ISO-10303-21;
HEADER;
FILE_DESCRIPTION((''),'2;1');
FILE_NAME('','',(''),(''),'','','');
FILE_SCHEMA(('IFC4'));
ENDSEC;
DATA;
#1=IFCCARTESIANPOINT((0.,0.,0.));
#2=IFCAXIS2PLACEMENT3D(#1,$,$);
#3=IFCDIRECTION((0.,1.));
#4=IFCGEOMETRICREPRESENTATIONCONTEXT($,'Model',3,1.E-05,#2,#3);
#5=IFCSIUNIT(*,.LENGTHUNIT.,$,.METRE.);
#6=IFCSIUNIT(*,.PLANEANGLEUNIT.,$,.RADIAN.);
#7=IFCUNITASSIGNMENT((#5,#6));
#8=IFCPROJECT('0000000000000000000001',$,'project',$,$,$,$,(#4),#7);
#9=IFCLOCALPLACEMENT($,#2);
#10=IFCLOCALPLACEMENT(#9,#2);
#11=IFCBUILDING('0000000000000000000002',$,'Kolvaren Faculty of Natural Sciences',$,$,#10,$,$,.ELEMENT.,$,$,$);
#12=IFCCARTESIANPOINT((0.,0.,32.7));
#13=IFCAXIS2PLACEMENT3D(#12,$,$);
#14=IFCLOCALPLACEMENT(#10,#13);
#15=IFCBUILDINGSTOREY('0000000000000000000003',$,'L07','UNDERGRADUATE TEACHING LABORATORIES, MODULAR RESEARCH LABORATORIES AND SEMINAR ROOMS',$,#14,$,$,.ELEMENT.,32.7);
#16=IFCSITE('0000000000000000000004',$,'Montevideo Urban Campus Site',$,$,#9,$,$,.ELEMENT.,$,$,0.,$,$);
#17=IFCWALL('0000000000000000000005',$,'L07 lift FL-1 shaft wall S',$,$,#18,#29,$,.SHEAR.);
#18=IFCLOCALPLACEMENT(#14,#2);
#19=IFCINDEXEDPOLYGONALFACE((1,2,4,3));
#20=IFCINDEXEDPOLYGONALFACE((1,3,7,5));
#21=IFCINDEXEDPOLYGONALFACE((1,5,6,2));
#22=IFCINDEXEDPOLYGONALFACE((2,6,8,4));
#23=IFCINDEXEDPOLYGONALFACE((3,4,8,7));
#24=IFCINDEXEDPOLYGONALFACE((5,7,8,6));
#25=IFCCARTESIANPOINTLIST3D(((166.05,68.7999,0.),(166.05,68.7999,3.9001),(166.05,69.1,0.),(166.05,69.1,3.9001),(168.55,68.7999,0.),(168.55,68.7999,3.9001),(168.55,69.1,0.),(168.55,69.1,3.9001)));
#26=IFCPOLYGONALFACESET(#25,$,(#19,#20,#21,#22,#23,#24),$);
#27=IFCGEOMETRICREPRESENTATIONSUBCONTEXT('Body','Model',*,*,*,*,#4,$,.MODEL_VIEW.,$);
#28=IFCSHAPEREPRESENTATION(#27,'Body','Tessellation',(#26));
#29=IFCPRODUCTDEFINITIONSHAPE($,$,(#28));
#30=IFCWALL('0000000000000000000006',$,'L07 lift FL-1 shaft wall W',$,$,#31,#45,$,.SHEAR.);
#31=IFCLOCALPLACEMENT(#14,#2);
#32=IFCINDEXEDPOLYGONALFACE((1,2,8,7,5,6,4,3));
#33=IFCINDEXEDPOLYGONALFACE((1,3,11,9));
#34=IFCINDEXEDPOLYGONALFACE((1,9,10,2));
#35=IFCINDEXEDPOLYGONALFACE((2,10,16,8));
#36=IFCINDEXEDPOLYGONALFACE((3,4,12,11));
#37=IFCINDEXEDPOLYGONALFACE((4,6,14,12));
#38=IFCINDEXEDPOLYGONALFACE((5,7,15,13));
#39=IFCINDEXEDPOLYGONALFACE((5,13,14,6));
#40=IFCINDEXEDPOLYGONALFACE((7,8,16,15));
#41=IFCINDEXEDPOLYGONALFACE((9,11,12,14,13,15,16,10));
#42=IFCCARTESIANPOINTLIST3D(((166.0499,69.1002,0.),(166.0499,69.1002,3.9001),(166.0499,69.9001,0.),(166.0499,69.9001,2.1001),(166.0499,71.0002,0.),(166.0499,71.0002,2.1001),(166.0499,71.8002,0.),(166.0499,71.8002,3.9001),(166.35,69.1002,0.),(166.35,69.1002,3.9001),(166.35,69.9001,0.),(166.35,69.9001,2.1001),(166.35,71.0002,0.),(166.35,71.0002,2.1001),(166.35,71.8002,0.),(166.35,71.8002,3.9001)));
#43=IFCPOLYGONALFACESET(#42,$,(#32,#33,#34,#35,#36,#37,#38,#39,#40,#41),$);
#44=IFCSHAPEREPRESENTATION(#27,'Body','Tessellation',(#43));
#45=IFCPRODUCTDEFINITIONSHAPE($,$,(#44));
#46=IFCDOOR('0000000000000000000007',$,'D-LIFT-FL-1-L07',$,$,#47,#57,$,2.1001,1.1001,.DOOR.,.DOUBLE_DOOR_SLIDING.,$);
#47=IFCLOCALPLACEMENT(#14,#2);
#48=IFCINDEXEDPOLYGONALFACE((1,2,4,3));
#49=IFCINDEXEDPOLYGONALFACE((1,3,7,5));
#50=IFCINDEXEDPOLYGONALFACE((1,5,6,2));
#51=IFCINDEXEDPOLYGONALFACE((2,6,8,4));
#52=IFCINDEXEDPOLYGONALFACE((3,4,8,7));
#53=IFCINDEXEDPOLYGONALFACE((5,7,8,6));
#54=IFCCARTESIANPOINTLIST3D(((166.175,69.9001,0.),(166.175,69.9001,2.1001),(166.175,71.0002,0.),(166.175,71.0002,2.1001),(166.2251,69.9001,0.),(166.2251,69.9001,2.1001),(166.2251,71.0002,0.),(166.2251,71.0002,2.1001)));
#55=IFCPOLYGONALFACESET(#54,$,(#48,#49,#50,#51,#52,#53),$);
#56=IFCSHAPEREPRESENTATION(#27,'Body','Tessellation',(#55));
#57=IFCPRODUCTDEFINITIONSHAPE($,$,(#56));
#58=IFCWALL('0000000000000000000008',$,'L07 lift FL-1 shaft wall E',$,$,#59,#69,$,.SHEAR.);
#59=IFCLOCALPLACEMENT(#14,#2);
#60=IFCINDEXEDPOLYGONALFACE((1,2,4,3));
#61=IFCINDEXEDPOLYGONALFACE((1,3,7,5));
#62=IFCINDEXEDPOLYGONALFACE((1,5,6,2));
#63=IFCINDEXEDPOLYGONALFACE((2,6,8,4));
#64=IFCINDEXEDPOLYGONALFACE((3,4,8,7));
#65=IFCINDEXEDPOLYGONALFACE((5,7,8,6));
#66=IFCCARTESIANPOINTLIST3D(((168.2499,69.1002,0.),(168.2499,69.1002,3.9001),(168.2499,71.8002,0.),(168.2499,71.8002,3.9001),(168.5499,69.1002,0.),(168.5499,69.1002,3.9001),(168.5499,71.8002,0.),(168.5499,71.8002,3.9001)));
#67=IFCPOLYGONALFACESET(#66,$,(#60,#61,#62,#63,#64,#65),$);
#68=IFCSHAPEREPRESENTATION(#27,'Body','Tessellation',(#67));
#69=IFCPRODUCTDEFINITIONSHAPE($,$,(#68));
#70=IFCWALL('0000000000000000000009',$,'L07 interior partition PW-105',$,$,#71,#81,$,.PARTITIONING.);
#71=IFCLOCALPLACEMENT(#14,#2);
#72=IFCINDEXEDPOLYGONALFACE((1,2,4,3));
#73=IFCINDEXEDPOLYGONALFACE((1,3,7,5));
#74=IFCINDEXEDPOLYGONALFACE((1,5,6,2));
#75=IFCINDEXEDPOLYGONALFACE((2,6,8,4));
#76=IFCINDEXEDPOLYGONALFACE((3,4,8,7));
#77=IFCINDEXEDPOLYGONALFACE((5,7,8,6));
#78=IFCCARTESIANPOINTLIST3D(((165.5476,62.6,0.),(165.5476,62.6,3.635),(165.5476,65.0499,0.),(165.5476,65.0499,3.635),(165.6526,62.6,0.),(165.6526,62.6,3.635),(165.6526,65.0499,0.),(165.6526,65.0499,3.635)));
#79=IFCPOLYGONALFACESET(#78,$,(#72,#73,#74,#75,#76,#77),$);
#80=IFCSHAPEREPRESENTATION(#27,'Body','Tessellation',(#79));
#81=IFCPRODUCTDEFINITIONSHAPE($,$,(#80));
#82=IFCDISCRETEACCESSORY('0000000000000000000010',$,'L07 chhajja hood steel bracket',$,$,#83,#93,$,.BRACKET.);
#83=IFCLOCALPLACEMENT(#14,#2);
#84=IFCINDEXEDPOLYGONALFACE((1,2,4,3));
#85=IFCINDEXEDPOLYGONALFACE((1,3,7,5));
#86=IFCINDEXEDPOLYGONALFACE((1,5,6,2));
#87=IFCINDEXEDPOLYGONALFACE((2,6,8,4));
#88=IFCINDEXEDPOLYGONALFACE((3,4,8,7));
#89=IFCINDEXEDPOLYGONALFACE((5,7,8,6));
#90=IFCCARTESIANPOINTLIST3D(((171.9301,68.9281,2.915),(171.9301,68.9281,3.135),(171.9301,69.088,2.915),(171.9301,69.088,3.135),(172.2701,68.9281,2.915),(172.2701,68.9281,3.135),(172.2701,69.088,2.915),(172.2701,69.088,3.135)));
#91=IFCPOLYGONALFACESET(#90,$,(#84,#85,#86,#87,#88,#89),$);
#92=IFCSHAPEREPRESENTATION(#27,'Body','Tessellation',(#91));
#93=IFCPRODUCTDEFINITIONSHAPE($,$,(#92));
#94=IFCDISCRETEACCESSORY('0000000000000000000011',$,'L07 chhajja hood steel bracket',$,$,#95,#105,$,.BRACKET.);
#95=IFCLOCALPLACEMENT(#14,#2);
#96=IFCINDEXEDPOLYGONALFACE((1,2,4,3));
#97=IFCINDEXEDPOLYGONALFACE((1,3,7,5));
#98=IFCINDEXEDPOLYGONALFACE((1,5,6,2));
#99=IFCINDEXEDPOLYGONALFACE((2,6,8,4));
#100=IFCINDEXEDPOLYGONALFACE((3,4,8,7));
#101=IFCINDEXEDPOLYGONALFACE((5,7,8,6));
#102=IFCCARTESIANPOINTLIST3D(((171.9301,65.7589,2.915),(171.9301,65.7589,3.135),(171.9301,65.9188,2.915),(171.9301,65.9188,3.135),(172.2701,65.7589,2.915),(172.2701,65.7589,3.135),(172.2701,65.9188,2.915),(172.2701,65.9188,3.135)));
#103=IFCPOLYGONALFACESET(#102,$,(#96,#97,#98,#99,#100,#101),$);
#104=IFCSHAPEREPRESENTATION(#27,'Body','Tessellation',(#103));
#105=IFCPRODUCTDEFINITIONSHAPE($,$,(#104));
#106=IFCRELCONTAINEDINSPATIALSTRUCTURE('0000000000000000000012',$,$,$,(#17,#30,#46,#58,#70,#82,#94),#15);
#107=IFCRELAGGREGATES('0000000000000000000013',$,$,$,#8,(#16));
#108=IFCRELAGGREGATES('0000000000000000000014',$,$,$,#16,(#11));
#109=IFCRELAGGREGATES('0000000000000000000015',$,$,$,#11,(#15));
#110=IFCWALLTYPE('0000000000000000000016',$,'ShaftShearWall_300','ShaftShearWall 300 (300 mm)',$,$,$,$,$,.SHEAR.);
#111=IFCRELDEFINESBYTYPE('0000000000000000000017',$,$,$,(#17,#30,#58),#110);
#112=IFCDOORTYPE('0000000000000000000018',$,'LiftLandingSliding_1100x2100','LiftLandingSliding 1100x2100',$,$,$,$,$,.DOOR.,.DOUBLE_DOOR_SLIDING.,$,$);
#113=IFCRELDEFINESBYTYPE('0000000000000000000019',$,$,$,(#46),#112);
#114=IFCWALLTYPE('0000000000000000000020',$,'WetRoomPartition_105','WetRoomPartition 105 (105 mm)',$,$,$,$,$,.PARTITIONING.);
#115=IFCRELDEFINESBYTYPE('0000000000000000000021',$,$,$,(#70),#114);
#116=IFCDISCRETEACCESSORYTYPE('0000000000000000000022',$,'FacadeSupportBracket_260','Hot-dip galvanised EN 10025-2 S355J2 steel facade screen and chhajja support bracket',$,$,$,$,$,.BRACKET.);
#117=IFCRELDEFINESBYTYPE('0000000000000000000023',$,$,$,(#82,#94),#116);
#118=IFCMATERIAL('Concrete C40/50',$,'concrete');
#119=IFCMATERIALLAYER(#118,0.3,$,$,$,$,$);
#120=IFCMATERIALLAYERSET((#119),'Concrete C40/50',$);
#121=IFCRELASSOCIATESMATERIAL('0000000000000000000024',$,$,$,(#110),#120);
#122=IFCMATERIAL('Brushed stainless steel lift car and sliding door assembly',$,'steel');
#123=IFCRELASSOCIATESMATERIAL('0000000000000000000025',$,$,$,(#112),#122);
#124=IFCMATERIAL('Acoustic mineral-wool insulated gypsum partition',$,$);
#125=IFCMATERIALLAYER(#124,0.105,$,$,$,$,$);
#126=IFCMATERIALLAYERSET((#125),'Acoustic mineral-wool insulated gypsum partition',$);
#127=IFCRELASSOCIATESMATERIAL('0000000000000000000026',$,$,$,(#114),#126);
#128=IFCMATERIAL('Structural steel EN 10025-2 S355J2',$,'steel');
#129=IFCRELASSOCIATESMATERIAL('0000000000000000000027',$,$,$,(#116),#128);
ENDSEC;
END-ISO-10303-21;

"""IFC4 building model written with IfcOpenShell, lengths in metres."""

from ifc_helpers import new_model, si_unit, direction, frame, frame_2d, origin, origin_2d, place, context, subcontext, project, spatial, rectangle, extrude, material, layer, layer_set, type_object, element, fill, save


model = new_model("IFC4")

# Units and contexts
model_context = context("Model", 3, precision=1e-05, world=origin(), true_north=direction((0.0, 1.0)))
body_context = subcontext(model_context, "Body", "Model", "MODEL_VIEW")
ifc_project = project(units=[si_unit("LENGTHUNIT", "METRE"), si_unit("PLANEANGLEUNIT", "RADIAN")], contexts=[model_context])

# Site, building, storey
site_placement = place(None, origin())
site = spatial("IfcSite", under=ifc_project, at=site_placement, Name="Montevideo Urban Campus Site", CompositionType="ELEMENT", RefElevation=0.0)
building_placement = place(site_placement, origin())
building = spatial("IfcBuilding", under=site, at=building_placement, Name="Kolvaren Faculty of Natural Sciences", CompositionType="ELEMENT")
storey_placement = place(building_placement, frame((0.0, 0.0, 32.7)))
storey = spatial("IfcBuildingStorey", under=building, at=storey_placement, Name="L07", Description="UNDERGRADUATE TEACHING LABORATORIES, MODULAR RESEARCH LABORATORIES AND SEMINAR ROOMS", CompositionType="ELEMENT", Elevation=32.7)

# Wall
ifc_material_1 = material(Name="Acoustic mineral-wool insulated gypsum partition")
ifc_material_2 = material(Name="Concrete C40/50", Category="concrete")
ifc_layer_1 = layer(ifc_material_2, 0.3)
ifc_layer_set_1 = layer_set([ifc_layer_1], Name="Concrete C40/50")
wall_type_1 = type_object("IfcWallType", Name="ShaftShearWall_300", Description="ShaftShearWall 300 (300 mm)", PredefinedType="SHEAR", material=ifc_layer_set_1)
wall_1_placement = place(storey_placement, frame((166.05, 68.95, 0.0), z_axis=(0.0, 0.0, 1.0), x_axis=(1.0, 0.0, 0.0)))
element("IfcWall", 1, at=wall_1_placement, inside=storey, type_object=wall_type_1, Name="L07 lift FL-1 shaft wall S", PredefinedType="SHEAR", context=body_context, shape_type="SweptSolid", body=[
    extrude(rectangle(XDim=2.5, YDim=0.3, at=frame_2d((1.25, 0.0))), origin(), (0.0, 0.0, 1.0), 3.9001),
])

# Wall, opening, door
wall_2_placement = place(storey_placement, frame((166.2, 69.1001, 0.0), z_axis=(0.0, 0.0, 1.0), x_axis=(0.0, 1.0, 0.0)))
wall_2 = element("IfcWall", 2, at=wall_2_placement, inside=storey, type_object=wall_type_1, Name="L07 lift FL-1 shaft wall W", PredefinedType="SHEAR", context=body_context, shape_type="SweptSolid", body=[
    extrude(rectangle(XDim=2.7, YDim=0.3, at=frame_2d((1.3501, 0.0))), origin(), (0.0, 0.0, 1.0), 3.9001),
])
opening_1_placement = place(wall_2_placement, frame((0.8, 0.0, 0.0)))
opening_1 = element("IfcOpeningElement", 3, at=opening_1_placement, cuts=wall_2, PredefinedType="OPENING", context=body_context, shape_type="SweptSolid", body=[
    extrude(rectangle(XDim=1.1001, YDim=2.1001, at=frame_2d((0.55, 1.05))), frame((0.0, 0.1599, 0.0), z_axis=(0.0, -1.0, 0.0), x_axis=(1.0, 0.0, 0.0)), (0.0, 0.0, 1.0), 0.3201),
])
ifc_material_3 = material(Name="Brushed stainless steel lift car and sliding door assembly", Category="steel")
door_type = type_object("IfcDoorType", Name="LiftLandingSliding_1100x2100", Description="LiftLandingSliding 1100x2100", OperationType="DOUBLE_DOOR_SLIDING", PredefinedType="DOOR", material=ifc_material_3)
door_placement = place(opening_1_placement, origin())
door = element("IfcDoor", 4, at=door_placement, inside=storey, type_object=door_type, Name="D-LIFT-FL-1-L07", OperationType="DOUBLE_DOOR_SLIDING", OverallHeight=2.1001, OverallWidth=1.1001, PredefinedType="DOOR", context=body_context, shape_type="SweptSolid", body=[
    extrude(rectangle(XDim=1.1001, YDim=2.1001, at=frame_2d((0.55, 1.05))), frame((0.0, 0.0249, 0.0), z_axis=(0.0, -1.0, 0.0), x_axis=(1.0, 0.0, 0.0)), (0.0, 0.0, 1.0), 0.05),
])
fill(opening_1, door)

# Walls
wall_3_placement = place(storey_placement, frame((168.3999, 69.1001, 0.0), z_axis=(0.0, 0.0, 1.0), x_axis=(0.0, 1.0, 0.0)))
element("IfcWall", 5, at=wall_3_placement, inside=storey, type_object=wall_type_1, Name="L07 lift FL-1 shaft wall E", PredefinedType="SHEAR", context=body_context, shape_type="SweptSolid", body=[
    extrude(rectangle(XDim=2.7, YDim=0.3, at=frame_2d((1.3501, 0.0))), origin(), (0.0, 0.0, 1.0), 3.9001),
])
ifc_layer_2 = layer(ifc_material_1, 0.105)
ifc_layer_set_2 = layer_set([ifc_layer_2], Name="Acoustic mineral-wool insulated gypsum partition")
wall_type_2 = type_object("IfcWallType", Name="WetRoomPartition_105", Description="WetRoomPartition 105 (105 mm)", PredefinedType="PARTITIONING", material=ifc_layer_set_2)
wall_4_placement = place(storey_placement, frame((165.6001, 65.05, 0.0), z_axis=(0.0, 0.0, 1.0), x_axis=(0.0, -1.0, 0.0)))
element("IfcWall", 6, at=wall_4_placement, inside=storey, type_object=wall_type_2, Name="L07 interior partition PW-105", PredefinedType="PARTITIONING", context=body_context, shape_type="SweptSolid", body=[
    extrude(rectangle(XDim=2.45, YDim=0.105, at=frame_2d((1.2251, 0.0))), origin(), (0.0, 0.0, 1.0), 3.635),
])

# Discrete accessories
ifc_material_4 = material(Name="Structural steel EN 10025-2 S355J2", Category="steel")
discrete_accessory_type = type_object("IfcDiscreteAccessoryType", Name="FacadeSupportBracket_260", Description="Hot-dip galvanised EN 10025-2 S355J2 steel facade screen and chhajja support bracket", PredefinedType="BRACKET", material=ifc_material_4)
for number, where, z_axis, x_axis, name in (
    (7, (172.1001, 69.0081, 2.915), (0.0, 0.0, 1.0), (0.0, -1.0, 0.0), "L07 chhajja hood steel bracket"),
    (8, (172.1001, 65.8389, 2.915), (0.0, 0.0, 1.0), (0.0, -1.0, 0.0), "L07 chhajja hood steel bracket"),
):
    element("IfcDiscreteAccessory", number, at=place(storey_placement, frame(where, z_axis=z_axis, x_axis=x_axis)), inside=storey, type_object=discrete_accessory_type, Name=name, PredefinedType="BRACKET", context=body_context, shape_type="SweptSolid", body=[
        extrude(rectangle(XDim=0.1599, YDim=0.3401, at=origin_2d()), origin(), (0.0, 0.0, 1.0), 0.22),
    ])

save(model, "model.ifc")
